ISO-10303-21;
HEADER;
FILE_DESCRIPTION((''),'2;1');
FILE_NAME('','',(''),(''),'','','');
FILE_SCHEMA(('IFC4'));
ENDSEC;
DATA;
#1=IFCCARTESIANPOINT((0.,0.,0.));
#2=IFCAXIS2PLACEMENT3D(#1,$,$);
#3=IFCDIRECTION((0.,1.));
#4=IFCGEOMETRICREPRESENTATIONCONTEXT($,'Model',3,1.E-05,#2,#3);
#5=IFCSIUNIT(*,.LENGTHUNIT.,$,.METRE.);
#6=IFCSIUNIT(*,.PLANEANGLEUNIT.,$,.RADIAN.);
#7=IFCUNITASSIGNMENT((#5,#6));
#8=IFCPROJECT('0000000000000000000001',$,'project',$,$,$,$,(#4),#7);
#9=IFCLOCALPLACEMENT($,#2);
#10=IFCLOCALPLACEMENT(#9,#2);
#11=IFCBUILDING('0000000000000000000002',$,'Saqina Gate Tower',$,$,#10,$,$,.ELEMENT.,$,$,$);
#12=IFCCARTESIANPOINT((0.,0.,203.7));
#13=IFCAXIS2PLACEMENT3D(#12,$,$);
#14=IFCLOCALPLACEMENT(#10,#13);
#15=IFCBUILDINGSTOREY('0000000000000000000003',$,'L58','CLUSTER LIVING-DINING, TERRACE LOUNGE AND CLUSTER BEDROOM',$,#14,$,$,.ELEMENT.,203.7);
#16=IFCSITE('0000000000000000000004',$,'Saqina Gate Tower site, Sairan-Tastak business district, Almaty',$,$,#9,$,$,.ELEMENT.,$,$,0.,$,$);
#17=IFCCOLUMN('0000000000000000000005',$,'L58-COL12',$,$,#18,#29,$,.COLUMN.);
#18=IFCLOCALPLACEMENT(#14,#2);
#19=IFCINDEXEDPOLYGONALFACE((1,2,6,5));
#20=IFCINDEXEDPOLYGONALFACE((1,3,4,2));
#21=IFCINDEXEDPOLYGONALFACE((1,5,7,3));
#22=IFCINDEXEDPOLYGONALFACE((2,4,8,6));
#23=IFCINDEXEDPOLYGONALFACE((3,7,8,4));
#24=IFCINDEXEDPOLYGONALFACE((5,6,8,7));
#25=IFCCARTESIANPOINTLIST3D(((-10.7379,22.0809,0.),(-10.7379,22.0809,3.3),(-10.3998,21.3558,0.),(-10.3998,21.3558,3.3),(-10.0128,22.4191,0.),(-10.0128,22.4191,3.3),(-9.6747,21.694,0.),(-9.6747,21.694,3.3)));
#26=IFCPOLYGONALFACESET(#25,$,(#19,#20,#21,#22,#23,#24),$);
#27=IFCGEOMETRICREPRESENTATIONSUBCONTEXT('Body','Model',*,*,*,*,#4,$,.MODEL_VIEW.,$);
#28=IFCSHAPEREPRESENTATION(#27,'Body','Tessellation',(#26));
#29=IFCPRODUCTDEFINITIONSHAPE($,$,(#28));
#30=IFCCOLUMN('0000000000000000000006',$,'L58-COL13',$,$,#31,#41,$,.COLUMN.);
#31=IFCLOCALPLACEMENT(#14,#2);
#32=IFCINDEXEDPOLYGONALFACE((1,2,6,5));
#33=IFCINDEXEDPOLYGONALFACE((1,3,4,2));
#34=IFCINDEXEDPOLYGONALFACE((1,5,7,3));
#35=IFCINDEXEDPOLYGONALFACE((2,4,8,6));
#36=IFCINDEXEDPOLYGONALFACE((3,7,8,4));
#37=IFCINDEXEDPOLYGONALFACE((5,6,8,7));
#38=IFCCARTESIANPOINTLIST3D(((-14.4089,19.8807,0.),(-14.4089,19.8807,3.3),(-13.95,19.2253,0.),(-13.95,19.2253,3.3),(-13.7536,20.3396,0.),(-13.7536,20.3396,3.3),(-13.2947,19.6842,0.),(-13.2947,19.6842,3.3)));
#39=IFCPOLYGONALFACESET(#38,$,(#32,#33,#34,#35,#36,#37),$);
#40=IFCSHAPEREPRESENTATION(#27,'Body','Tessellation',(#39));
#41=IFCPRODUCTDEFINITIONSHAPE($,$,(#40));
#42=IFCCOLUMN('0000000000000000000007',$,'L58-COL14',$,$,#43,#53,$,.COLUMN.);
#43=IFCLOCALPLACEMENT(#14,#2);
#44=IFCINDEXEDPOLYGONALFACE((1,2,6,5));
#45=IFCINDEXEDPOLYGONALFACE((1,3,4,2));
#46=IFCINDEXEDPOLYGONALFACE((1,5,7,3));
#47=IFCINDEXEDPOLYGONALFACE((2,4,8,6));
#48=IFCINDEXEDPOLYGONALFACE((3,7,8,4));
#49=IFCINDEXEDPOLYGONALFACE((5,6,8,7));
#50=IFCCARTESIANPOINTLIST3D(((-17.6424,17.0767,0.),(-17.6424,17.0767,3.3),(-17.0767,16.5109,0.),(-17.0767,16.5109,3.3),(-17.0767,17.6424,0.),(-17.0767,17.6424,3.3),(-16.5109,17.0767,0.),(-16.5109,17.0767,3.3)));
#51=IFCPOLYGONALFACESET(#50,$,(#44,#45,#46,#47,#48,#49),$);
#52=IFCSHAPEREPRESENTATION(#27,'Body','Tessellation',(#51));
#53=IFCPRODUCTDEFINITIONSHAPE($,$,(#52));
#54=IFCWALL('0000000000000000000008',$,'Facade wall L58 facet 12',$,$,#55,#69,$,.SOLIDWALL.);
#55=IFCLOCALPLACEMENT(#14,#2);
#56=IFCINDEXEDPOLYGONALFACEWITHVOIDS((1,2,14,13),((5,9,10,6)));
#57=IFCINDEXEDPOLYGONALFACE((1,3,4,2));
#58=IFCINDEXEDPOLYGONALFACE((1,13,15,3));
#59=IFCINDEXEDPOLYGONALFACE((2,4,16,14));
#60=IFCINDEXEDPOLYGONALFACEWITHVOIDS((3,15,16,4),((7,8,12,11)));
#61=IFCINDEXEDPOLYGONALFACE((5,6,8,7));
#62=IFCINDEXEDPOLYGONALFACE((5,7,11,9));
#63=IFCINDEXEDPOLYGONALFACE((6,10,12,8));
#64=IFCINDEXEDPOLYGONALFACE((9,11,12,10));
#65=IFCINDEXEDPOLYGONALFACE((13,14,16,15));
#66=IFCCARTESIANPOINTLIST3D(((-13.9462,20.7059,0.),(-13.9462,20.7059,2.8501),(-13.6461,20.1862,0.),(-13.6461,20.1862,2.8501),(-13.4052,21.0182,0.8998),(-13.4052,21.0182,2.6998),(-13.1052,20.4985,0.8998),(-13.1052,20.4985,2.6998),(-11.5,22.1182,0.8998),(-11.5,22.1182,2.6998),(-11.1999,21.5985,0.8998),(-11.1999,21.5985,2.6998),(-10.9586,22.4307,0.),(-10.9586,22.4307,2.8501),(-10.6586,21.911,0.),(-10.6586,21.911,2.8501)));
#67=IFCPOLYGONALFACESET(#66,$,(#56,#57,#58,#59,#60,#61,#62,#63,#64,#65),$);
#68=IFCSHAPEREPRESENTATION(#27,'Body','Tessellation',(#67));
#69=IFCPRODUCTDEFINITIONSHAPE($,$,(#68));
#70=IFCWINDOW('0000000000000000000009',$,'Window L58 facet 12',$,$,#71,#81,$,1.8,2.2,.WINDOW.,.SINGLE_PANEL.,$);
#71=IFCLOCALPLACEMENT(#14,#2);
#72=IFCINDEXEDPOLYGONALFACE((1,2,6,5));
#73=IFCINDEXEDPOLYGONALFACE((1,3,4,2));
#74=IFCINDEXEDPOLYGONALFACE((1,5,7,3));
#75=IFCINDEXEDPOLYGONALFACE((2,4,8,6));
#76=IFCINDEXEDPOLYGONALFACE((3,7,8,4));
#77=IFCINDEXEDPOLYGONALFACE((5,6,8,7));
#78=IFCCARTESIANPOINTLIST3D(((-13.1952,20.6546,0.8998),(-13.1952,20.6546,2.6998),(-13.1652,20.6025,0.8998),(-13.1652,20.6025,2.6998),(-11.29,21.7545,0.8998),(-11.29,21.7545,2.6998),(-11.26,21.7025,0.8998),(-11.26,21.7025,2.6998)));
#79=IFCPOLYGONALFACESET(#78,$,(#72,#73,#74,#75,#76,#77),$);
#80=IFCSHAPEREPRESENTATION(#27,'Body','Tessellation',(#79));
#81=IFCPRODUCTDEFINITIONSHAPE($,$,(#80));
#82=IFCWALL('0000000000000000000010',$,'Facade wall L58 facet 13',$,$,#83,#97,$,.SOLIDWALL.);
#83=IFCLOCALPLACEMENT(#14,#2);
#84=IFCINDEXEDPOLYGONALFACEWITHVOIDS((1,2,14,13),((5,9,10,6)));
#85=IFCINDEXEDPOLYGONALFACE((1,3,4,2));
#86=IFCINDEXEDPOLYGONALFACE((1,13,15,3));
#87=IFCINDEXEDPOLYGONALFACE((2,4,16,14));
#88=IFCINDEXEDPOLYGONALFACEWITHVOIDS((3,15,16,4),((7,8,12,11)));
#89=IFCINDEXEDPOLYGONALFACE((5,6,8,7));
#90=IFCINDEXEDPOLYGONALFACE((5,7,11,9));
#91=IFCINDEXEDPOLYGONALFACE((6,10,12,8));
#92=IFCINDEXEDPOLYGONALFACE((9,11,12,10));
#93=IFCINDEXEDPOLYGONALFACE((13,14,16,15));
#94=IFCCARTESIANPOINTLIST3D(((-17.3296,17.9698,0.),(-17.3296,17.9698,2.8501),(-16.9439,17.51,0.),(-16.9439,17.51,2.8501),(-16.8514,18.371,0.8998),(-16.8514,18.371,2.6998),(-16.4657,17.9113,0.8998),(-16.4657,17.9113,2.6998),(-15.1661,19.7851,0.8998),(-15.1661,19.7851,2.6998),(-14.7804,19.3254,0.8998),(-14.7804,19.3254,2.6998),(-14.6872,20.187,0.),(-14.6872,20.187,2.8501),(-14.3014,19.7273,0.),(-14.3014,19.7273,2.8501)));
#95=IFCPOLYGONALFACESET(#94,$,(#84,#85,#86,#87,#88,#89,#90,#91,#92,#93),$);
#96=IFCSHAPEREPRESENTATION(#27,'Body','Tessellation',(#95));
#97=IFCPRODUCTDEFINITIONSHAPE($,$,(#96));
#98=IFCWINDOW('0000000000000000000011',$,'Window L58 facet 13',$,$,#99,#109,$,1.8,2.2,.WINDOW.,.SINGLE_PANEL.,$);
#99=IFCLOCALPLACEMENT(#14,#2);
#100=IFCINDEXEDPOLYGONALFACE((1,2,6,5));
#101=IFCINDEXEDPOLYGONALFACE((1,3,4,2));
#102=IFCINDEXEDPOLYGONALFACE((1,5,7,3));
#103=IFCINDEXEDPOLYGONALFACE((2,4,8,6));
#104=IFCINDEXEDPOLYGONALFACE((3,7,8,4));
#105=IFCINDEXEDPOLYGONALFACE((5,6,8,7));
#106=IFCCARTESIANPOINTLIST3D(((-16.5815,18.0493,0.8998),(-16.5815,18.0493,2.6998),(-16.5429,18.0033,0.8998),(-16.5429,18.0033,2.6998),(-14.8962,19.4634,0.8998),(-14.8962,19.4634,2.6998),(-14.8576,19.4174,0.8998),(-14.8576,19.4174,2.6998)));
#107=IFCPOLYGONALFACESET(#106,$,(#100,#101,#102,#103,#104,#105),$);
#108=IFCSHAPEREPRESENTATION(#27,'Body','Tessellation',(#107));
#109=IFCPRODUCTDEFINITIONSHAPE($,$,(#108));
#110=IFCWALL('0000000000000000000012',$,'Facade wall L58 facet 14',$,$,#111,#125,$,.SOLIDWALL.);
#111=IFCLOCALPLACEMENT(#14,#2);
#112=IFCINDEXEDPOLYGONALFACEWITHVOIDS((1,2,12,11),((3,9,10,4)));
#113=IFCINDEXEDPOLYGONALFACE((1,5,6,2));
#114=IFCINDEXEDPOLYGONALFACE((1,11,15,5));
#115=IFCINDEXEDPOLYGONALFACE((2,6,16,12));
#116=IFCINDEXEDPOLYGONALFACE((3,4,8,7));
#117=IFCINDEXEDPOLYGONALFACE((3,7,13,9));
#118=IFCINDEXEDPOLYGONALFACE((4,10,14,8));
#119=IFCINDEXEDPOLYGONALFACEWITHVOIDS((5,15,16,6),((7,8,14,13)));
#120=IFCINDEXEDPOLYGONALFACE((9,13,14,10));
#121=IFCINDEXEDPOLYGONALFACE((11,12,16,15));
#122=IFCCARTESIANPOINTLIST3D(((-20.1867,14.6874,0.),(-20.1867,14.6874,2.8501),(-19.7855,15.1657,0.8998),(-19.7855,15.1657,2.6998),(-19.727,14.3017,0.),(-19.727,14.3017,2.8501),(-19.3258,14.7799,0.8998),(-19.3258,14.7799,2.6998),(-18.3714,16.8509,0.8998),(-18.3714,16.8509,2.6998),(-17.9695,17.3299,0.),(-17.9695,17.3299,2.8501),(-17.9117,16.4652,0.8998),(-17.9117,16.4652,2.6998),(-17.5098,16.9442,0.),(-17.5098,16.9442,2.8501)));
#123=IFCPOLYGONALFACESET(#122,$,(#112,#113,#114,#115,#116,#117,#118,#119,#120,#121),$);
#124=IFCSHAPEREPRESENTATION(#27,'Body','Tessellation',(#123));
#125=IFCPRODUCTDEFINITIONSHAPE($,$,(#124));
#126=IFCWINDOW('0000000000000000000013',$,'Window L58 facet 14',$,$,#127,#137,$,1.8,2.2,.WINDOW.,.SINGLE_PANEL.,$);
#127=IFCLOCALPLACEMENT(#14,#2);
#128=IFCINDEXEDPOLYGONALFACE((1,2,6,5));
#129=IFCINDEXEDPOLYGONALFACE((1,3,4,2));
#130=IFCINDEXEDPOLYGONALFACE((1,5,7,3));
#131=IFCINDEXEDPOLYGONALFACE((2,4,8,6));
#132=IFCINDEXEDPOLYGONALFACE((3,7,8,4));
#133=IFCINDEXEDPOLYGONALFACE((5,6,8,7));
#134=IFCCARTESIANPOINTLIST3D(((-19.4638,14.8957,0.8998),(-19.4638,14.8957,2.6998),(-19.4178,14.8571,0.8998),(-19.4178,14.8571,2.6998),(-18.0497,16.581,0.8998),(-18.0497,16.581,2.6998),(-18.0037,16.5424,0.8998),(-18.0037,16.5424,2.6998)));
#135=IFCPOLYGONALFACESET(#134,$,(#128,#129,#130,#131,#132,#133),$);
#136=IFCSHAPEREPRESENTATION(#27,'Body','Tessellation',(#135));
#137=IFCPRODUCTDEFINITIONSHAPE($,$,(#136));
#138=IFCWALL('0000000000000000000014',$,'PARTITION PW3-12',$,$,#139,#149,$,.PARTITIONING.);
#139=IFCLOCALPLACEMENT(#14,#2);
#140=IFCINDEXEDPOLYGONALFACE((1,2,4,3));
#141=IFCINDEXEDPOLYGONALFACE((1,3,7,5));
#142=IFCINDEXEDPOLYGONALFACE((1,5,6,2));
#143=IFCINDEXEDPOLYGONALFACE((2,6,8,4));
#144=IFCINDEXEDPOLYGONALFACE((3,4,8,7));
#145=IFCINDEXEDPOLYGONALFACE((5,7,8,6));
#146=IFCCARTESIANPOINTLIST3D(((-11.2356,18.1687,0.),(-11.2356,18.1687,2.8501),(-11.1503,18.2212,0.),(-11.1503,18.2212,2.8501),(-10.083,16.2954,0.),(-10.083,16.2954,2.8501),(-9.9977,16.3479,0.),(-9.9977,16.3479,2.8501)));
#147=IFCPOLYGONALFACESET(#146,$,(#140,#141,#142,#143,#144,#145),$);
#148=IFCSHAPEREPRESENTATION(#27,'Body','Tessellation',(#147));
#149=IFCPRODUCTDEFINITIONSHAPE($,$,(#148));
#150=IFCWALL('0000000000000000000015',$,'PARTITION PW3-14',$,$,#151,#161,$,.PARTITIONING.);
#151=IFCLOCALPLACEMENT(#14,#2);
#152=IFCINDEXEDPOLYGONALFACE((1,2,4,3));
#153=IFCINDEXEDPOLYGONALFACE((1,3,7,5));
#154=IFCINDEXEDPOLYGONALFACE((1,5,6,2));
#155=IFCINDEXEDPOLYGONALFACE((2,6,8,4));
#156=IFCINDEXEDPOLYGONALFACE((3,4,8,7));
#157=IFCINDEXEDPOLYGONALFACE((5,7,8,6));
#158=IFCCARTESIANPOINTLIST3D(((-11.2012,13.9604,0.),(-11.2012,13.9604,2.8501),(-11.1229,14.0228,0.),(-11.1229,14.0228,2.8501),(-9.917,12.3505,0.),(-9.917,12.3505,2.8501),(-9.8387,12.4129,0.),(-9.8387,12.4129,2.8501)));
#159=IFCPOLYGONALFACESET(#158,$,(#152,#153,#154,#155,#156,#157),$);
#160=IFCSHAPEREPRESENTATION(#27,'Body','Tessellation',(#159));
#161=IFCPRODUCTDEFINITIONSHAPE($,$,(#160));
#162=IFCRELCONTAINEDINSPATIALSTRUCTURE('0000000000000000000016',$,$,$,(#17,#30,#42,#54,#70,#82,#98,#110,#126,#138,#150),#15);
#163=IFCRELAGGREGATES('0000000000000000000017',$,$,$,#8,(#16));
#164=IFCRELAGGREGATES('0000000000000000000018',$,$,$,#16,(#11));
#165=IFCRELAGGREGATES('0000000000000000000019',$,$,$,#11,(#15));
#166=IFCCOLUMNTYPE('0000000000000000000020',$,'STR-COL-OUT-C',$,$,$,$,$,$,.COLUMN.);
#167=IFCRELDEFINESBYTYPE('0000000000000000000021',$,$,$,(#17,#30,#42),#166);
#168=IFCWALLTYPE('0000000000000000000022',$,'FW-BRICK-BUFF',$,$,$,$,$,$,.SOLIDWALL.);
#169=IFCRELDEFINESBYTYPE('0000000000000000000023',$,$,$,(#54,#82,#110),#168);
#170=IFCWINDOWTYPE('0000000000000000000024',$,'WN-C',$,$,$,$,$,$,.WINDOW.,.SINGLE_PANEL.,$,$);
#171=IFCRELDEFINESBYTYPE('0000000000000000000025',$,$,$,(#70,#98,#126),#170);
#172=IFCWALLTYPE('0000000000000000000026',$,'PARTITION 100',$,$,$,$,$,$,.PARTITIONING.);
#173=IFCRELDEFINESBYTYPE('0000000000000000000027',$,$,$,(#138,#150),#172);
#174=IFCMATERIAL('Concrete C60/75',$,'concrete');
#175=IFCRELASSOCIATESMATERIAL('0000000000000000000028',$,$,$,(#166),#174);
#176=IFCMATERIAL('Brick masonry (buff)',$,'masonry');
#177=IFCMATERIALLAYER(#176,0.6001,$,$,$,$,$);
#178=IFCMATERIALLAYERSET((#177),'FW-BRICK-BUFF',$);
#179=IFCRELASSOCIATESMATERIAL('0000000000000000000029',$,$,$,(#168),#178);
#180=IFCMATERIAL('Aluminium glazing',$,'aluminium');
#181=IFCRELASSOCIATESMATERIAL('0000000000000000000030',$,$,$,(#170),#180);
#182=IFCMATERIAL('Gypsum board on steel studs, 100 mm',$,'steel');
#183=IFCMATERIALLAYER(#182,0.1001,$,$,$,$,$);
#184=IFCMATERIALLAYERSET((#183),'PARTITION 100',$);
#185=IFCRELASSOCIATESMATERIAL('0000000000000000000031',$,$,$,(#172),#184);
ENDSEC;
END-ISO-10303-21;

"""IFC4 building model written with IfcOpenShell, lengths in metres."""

from ifc_helpers import new_model, si_unit, direction, frame, frame_2d, origin, origin_2d, place, context, subcontext, project, spatial, rectangle, extrude, material, layer, layer_set, material_profile, profile_set, type_object, element, fill, save


model = new_model("IFC4")

# Units and contexts
model_context = context("Model", 3, precision=1e-05, world=origin(), true_north=direction((0.0, 1.0)))
body_context = subcontext(model_context, "Body", "Model", "MODEL_VIEW")
ifc_project = project(units=[si_unit("LENGTHUNIT", "METRE"), si_unit("PLANEANGLEUNIT", "RADIAN")], contexts=[model_context])

# Site, building, storey
site_placement = place(None, origin())
site = spatial("IfcSite", under=ifc_project, at=site_placement, Name="Saqina Gate Tower site, Sairan-Tastak business district, Almaty", CompositionType="ELEMENT", RefElevation=0.0)
building_placement = place(site_placement, origin())
building = spatial("IfcBuilding", under=site, at=building_placement, Name="Saqina Gate Tower", CompositionType="ELEMENT")
storey_placement = place(building_placement, frame((0.0, 0.0, 203.7)))
storey = spatial("IfcBuildingStorey", under=building, at=storey_placement, Name="L58", Description="CLUSTER LIVING-DINING, TERRACE LOUNGE AND CLUSTER BEDROOM", CompositionType="ELEMENT", Elevation=203.7)

# Columns
ifc_material_1 = material(Name="Concrete C60/75", Category="concrete")
ifc_material_profile = material_profile(ifc_material_1, rectangle(XDim=0.8, YDim=0.8, at=origin_2d()), Name="RC 800x800")
ifc_profile_set = profile_set([ifc_material_profile], Name="Concrete C60/75")
column_type = type_object("IfcColumnType", Name="STR-COL-OUT-C", PredefinedType="COLUMN", material=ifc_profile_set)
for number, where, z_axis, x_axis, name in (
    (1, (-10.2063, 21.8875, 0.0), (0.0, 0.0, 1.0), (-0.422618, 0.906308, 0.0), "L58-COL12"),
    (2, (-13.8518, 19.7825, 0.0), (0.0, 0.0, 1.0), (-0.573576, 0.819152, 0.0), "L58-COL13"),
    (3, (-17.0767, 17.0767, 0.0), (0.0, 0.0, 1.0), (-0.707107, 0.707107, 0.0), "L58-COL14"),
):
    element("IfcColumn", number, at=place(storey_placement, frame(where, z_axis=z_axis, x_axis=x_axis)), inside=storey, type_object=column_type, Name=name, PredefinedType="COLUMN", context=body_context, shape_type="SweptSolid", body=[
        extrude(rectangle(XDim=0.8, YDim=0.8, at=origin_2d()), origin(), (0.0, 0.0, 1.0), 3.3),
    ])

# Walls, openings, windows
ifc_material_2 = material(Name="Brick masonry (buff)", Category="masonry")
ifc_layer_1 = layer(ifc_material_2, 0.6001)
ifc_layer_set_1 = layer_set([ifc_layer_1], Name="FW-BRICK-BUFF")
wall_type_1 = type_object("IfcWallType", Name="FW-BRICK-BUFF", PredefinedType="SOLIDWALL", material=ifc_layer_set_1)
wall_1_placement = place(storey_placement, frame((-10.8086, 22.1709, 0.0), z_axis=(0.0, 0.0, 1.0), x_axis=(-0.866026, -0.499998, 0.0)))
wall_1 = element("IfcWall", 4, at=wall_1_placement, inside=storey, type_object=wall_type_1, Name="Facade wall L58 facet 12", PredefinedType="SOLIDWALL", context=body_context, shape_type="SweptSolid", body=[
    extrude(rectangle(XDim=3.4497, YDim=0.6001, at=frame_2d((1.7249, 0.0))), origin(), (0.0, 0.0, 1.0), 2.8501),
])
opening_1_placement = place(wall_1_placement, frame((0.625, 0.0, 0.8999)))
opening_1 = element("IfcOpeningElement", 5, at=opening_1_placement, cuts=wall_1, PredefinedType="OPENING", context=body_context, shape_type="SweptSolid", body=[
    extrude(rectangle(XDim=2.2, YDim=1.8, at=frame_2d((1.1001, 0.8999))), frame((0.0, 0.312, 0.0), z_axis=(0.0, -1.0, 0.0), x_axis=(1.0, 0.0, 0.0)), (0.0, 0.0, 1.0), 0.624),
])
ifc_material_3 = material(Name="Aluminium glazing", Category="aluminium")
window_type = type_object("IfcWindowType", Name="WN-C", PartitioningType="SINGLE_PANEL", PredefinedType="WINDOW", material=ifc_material_3)
window_1_placement = place(opening_1_placement, origin())
window_1 = element("IfcWindow", 6, at=window_1_placement, inside=storey, type_object=window_type, Name="Window L58 facet 12", OverallHeight=1.8, OverallWidth=2.2, PartitioningType="SINGLE_PANEL", PredefinedType="WINDOW", context=body_context, shape_type="SweptSolid", body=[
    extrude(rectangle(XDim=2.2, YDim=1.8, at=frame_2d((1.1001, 0.8999))), frame((0.0, 0.1799, 0.0), z_axis=(0.0, -1.0, 0.0), x_axis=(1.0, 0.0, 0.0)), (0.0, 0.0, 1.0), 0.0601),
])
fill(opening_1, window_1)
wall_2_placement = place(storey_placement, frame((-14.4944, 19.957, 0.0), z_axis=(0.0, 0.0, 1.0), x_axis=(-0.766059, -0.64277, 0.0)))
wall_2 = element("IfcWall", 7, at=wall_2_placement, inside=storey, type_object=wall_type_1, Name="Facade wall L58 facet 13", PredefinedType="SOLIDWALL", context=body_context, shape_type="SweptSolid", body=[
    extrude(rectangle(XDim=3.4495, YDim=0.6001, at=frame_2d((1.7246, 0.0))), origin(), (0.0, 0.0, 1.0), 2.8501),
])
opening_2_placement = place(wall_2_placement, frame((0.625, 0.0, 0.8999)))
opening_2 = element("IfcOpeningElement", 8, at=opening_2_placement, cuts=wall_2, PredefinedType="OPENING", context=body_context, shape_type="SweptSolid", body=[
    extrude(rectangle(XDim=2.2, YDim=1.8, at=frame_2d((1.1001, 0.8999))), frame((0.0, 0.312, 0.0), z_axis=(0.0, -1.0, 0.0), x_axis=(1.0, 0.0, 0.0)), (0.0, 0.0, 1.0), 0.624),
])
window_2_placement = place(opening_2_placement, origin())
window_2 = element("IfcWindow", 9, at=window_2_placement, inside=storey, type_object=window_type, Name="Window L58 facet 13", OverallHeight=1.8, OverallWidth=2.2, PartitioningType="SINGLE_PANEL", PredefinedType="WINDOW", context=body_context, shape_type="SweptSolid", body=[
    extrude(rectangle(XDim=2.2, YDim=1.8, at=frame_2d((1.1001, 0.8999))), frame((0.0, 0.1799, 0.0), z_axis=(0.0, -1.0, 0.0), x_axis=(1.0, 0.0, 0.0)), (0.0, 0.0, 1.0), 0.0601),
])
fill(opening_2, window_2)
wall_3_placement = place(storey_placement, frame((-17.7397, 17.137, 0.0), z_axis=(0.0, 0.0, 1.0), x_axis=(-0.64277, -0.766059, 0.0)))
wall_3 = element("IfcWall", 10, at=wall_3_placement, inside=storey, type_object=wall_type_1, Name="Facade wall L58 facet 14", PredefinedType="SOLIDWALL", context=body_context, shape_type="SweptSolid", body=[
    extrude(rectangle(XDim=3.4495, YDim=0.6001, at=frame_2d((1.7246, 0.0))), origin(), (0.0, 0.0, 1.0), 2.8501),
])
opening_3_placement = place(wall_3_placement, frame((0.625, 0.0, 0.8999)))
opening_3 = element("IfcOpeningElement", 11, at=opening_3_placement, cuts=wall_3, PredefinedType="OPENING", context=body_context, shape_type="SweptSolid", body=[
    extrude(rectangle(XDim=2.2, YDim=1.8, at=frame_2d((1.1001, 0.8999))), frame((0.0, 0.312, 0.0), z_axis=(0.0, -1.0, 0.0), x_axis=(1.0, 0.0, 0.0)), (0.0, 0.0, 1.0), 0.624),
])
window_3_placement = place(opening_3_placement, origin())
window_3 = element("IfcWindow", 12, at=window_3_placement, inside=storey, type_object=window_type, Name="Window L58 facet 14", OverallHeight=1.8, OverallWidth=2.2, PartitioningType="SINGLE_PANEL", PredefinedType="WINDOW", context=body_context, shape_type="SweptSolid", body=[
    extrude(rectangle(XDim=2.2, YDim=1.8, at=frame_2d((1.1001, 0.8999))), frame((0.0, 0.1799, 0.0), z_axis=(0.0, -1.0, 0.0), x_axis=(1.0, 0.0, 0.0)), (0.0, 0.0, 1.0), 0.0601),
])
fill(opening_3, window_3)

# Walls
ifc_material_4 = material(Name="Gypsum board on steel studs, 100 mm", Category="steel")
ifc_layer_2 = layer(ifc_material_4, 0.1001)
ifc_layer_set_2 = layer_set([ifc_layer_2], Name="PARTITION 100")
wall_type_2 = type_object("IfcWallType", Name="PARTITION 100", PredefinedType="PARTITIONING", material=ifc_layer_set_2)
wall_4_placement = place(storey_placement, frame((-11.1929, 18.1948, 0.0), z_axis=(0.0, 0.0, 1.0), x_axis=(0.524029, -0.8517, 0.0)))
element("IfcWall", 13, at=wall_4_placement, inside=storey, type_object=wall_type_2, Name="PARTITION PW3-12", PredefinedType="PARTITIONING", context=body_context, shape_type="SweptSolid", body=[
    extrude(rectangle(XDim=2.1995, YDim=0.1001, at=frame_2d((1.0996, 0.0))), origin(), (0.0, 0.0, 1.0), 2.8501),
])
wall_5_placement = place(storey_placement, frame((-11.1621, 13.9917, 0.0), z_axis=(0.0, 0.0, 1.0), x_axis=(0.623596, -0.781747, 0.0)))
element("IfcWall", 14, at=wall_5_placement, inside=storey, type_object=wall_type_2, Name="PARTITION PW3-14", PredefinedType="PARTITIONING", context=body_context, shape_type="SweptSolid", body=[
    extrude(rectangle(XDim=2.0593, YDim=0.1001, at=frame_2d((1.0298, 0.0))), origin(), (0.0, 0.0, 1.0), 2.8501),
])

save(model, "model.ifc")
